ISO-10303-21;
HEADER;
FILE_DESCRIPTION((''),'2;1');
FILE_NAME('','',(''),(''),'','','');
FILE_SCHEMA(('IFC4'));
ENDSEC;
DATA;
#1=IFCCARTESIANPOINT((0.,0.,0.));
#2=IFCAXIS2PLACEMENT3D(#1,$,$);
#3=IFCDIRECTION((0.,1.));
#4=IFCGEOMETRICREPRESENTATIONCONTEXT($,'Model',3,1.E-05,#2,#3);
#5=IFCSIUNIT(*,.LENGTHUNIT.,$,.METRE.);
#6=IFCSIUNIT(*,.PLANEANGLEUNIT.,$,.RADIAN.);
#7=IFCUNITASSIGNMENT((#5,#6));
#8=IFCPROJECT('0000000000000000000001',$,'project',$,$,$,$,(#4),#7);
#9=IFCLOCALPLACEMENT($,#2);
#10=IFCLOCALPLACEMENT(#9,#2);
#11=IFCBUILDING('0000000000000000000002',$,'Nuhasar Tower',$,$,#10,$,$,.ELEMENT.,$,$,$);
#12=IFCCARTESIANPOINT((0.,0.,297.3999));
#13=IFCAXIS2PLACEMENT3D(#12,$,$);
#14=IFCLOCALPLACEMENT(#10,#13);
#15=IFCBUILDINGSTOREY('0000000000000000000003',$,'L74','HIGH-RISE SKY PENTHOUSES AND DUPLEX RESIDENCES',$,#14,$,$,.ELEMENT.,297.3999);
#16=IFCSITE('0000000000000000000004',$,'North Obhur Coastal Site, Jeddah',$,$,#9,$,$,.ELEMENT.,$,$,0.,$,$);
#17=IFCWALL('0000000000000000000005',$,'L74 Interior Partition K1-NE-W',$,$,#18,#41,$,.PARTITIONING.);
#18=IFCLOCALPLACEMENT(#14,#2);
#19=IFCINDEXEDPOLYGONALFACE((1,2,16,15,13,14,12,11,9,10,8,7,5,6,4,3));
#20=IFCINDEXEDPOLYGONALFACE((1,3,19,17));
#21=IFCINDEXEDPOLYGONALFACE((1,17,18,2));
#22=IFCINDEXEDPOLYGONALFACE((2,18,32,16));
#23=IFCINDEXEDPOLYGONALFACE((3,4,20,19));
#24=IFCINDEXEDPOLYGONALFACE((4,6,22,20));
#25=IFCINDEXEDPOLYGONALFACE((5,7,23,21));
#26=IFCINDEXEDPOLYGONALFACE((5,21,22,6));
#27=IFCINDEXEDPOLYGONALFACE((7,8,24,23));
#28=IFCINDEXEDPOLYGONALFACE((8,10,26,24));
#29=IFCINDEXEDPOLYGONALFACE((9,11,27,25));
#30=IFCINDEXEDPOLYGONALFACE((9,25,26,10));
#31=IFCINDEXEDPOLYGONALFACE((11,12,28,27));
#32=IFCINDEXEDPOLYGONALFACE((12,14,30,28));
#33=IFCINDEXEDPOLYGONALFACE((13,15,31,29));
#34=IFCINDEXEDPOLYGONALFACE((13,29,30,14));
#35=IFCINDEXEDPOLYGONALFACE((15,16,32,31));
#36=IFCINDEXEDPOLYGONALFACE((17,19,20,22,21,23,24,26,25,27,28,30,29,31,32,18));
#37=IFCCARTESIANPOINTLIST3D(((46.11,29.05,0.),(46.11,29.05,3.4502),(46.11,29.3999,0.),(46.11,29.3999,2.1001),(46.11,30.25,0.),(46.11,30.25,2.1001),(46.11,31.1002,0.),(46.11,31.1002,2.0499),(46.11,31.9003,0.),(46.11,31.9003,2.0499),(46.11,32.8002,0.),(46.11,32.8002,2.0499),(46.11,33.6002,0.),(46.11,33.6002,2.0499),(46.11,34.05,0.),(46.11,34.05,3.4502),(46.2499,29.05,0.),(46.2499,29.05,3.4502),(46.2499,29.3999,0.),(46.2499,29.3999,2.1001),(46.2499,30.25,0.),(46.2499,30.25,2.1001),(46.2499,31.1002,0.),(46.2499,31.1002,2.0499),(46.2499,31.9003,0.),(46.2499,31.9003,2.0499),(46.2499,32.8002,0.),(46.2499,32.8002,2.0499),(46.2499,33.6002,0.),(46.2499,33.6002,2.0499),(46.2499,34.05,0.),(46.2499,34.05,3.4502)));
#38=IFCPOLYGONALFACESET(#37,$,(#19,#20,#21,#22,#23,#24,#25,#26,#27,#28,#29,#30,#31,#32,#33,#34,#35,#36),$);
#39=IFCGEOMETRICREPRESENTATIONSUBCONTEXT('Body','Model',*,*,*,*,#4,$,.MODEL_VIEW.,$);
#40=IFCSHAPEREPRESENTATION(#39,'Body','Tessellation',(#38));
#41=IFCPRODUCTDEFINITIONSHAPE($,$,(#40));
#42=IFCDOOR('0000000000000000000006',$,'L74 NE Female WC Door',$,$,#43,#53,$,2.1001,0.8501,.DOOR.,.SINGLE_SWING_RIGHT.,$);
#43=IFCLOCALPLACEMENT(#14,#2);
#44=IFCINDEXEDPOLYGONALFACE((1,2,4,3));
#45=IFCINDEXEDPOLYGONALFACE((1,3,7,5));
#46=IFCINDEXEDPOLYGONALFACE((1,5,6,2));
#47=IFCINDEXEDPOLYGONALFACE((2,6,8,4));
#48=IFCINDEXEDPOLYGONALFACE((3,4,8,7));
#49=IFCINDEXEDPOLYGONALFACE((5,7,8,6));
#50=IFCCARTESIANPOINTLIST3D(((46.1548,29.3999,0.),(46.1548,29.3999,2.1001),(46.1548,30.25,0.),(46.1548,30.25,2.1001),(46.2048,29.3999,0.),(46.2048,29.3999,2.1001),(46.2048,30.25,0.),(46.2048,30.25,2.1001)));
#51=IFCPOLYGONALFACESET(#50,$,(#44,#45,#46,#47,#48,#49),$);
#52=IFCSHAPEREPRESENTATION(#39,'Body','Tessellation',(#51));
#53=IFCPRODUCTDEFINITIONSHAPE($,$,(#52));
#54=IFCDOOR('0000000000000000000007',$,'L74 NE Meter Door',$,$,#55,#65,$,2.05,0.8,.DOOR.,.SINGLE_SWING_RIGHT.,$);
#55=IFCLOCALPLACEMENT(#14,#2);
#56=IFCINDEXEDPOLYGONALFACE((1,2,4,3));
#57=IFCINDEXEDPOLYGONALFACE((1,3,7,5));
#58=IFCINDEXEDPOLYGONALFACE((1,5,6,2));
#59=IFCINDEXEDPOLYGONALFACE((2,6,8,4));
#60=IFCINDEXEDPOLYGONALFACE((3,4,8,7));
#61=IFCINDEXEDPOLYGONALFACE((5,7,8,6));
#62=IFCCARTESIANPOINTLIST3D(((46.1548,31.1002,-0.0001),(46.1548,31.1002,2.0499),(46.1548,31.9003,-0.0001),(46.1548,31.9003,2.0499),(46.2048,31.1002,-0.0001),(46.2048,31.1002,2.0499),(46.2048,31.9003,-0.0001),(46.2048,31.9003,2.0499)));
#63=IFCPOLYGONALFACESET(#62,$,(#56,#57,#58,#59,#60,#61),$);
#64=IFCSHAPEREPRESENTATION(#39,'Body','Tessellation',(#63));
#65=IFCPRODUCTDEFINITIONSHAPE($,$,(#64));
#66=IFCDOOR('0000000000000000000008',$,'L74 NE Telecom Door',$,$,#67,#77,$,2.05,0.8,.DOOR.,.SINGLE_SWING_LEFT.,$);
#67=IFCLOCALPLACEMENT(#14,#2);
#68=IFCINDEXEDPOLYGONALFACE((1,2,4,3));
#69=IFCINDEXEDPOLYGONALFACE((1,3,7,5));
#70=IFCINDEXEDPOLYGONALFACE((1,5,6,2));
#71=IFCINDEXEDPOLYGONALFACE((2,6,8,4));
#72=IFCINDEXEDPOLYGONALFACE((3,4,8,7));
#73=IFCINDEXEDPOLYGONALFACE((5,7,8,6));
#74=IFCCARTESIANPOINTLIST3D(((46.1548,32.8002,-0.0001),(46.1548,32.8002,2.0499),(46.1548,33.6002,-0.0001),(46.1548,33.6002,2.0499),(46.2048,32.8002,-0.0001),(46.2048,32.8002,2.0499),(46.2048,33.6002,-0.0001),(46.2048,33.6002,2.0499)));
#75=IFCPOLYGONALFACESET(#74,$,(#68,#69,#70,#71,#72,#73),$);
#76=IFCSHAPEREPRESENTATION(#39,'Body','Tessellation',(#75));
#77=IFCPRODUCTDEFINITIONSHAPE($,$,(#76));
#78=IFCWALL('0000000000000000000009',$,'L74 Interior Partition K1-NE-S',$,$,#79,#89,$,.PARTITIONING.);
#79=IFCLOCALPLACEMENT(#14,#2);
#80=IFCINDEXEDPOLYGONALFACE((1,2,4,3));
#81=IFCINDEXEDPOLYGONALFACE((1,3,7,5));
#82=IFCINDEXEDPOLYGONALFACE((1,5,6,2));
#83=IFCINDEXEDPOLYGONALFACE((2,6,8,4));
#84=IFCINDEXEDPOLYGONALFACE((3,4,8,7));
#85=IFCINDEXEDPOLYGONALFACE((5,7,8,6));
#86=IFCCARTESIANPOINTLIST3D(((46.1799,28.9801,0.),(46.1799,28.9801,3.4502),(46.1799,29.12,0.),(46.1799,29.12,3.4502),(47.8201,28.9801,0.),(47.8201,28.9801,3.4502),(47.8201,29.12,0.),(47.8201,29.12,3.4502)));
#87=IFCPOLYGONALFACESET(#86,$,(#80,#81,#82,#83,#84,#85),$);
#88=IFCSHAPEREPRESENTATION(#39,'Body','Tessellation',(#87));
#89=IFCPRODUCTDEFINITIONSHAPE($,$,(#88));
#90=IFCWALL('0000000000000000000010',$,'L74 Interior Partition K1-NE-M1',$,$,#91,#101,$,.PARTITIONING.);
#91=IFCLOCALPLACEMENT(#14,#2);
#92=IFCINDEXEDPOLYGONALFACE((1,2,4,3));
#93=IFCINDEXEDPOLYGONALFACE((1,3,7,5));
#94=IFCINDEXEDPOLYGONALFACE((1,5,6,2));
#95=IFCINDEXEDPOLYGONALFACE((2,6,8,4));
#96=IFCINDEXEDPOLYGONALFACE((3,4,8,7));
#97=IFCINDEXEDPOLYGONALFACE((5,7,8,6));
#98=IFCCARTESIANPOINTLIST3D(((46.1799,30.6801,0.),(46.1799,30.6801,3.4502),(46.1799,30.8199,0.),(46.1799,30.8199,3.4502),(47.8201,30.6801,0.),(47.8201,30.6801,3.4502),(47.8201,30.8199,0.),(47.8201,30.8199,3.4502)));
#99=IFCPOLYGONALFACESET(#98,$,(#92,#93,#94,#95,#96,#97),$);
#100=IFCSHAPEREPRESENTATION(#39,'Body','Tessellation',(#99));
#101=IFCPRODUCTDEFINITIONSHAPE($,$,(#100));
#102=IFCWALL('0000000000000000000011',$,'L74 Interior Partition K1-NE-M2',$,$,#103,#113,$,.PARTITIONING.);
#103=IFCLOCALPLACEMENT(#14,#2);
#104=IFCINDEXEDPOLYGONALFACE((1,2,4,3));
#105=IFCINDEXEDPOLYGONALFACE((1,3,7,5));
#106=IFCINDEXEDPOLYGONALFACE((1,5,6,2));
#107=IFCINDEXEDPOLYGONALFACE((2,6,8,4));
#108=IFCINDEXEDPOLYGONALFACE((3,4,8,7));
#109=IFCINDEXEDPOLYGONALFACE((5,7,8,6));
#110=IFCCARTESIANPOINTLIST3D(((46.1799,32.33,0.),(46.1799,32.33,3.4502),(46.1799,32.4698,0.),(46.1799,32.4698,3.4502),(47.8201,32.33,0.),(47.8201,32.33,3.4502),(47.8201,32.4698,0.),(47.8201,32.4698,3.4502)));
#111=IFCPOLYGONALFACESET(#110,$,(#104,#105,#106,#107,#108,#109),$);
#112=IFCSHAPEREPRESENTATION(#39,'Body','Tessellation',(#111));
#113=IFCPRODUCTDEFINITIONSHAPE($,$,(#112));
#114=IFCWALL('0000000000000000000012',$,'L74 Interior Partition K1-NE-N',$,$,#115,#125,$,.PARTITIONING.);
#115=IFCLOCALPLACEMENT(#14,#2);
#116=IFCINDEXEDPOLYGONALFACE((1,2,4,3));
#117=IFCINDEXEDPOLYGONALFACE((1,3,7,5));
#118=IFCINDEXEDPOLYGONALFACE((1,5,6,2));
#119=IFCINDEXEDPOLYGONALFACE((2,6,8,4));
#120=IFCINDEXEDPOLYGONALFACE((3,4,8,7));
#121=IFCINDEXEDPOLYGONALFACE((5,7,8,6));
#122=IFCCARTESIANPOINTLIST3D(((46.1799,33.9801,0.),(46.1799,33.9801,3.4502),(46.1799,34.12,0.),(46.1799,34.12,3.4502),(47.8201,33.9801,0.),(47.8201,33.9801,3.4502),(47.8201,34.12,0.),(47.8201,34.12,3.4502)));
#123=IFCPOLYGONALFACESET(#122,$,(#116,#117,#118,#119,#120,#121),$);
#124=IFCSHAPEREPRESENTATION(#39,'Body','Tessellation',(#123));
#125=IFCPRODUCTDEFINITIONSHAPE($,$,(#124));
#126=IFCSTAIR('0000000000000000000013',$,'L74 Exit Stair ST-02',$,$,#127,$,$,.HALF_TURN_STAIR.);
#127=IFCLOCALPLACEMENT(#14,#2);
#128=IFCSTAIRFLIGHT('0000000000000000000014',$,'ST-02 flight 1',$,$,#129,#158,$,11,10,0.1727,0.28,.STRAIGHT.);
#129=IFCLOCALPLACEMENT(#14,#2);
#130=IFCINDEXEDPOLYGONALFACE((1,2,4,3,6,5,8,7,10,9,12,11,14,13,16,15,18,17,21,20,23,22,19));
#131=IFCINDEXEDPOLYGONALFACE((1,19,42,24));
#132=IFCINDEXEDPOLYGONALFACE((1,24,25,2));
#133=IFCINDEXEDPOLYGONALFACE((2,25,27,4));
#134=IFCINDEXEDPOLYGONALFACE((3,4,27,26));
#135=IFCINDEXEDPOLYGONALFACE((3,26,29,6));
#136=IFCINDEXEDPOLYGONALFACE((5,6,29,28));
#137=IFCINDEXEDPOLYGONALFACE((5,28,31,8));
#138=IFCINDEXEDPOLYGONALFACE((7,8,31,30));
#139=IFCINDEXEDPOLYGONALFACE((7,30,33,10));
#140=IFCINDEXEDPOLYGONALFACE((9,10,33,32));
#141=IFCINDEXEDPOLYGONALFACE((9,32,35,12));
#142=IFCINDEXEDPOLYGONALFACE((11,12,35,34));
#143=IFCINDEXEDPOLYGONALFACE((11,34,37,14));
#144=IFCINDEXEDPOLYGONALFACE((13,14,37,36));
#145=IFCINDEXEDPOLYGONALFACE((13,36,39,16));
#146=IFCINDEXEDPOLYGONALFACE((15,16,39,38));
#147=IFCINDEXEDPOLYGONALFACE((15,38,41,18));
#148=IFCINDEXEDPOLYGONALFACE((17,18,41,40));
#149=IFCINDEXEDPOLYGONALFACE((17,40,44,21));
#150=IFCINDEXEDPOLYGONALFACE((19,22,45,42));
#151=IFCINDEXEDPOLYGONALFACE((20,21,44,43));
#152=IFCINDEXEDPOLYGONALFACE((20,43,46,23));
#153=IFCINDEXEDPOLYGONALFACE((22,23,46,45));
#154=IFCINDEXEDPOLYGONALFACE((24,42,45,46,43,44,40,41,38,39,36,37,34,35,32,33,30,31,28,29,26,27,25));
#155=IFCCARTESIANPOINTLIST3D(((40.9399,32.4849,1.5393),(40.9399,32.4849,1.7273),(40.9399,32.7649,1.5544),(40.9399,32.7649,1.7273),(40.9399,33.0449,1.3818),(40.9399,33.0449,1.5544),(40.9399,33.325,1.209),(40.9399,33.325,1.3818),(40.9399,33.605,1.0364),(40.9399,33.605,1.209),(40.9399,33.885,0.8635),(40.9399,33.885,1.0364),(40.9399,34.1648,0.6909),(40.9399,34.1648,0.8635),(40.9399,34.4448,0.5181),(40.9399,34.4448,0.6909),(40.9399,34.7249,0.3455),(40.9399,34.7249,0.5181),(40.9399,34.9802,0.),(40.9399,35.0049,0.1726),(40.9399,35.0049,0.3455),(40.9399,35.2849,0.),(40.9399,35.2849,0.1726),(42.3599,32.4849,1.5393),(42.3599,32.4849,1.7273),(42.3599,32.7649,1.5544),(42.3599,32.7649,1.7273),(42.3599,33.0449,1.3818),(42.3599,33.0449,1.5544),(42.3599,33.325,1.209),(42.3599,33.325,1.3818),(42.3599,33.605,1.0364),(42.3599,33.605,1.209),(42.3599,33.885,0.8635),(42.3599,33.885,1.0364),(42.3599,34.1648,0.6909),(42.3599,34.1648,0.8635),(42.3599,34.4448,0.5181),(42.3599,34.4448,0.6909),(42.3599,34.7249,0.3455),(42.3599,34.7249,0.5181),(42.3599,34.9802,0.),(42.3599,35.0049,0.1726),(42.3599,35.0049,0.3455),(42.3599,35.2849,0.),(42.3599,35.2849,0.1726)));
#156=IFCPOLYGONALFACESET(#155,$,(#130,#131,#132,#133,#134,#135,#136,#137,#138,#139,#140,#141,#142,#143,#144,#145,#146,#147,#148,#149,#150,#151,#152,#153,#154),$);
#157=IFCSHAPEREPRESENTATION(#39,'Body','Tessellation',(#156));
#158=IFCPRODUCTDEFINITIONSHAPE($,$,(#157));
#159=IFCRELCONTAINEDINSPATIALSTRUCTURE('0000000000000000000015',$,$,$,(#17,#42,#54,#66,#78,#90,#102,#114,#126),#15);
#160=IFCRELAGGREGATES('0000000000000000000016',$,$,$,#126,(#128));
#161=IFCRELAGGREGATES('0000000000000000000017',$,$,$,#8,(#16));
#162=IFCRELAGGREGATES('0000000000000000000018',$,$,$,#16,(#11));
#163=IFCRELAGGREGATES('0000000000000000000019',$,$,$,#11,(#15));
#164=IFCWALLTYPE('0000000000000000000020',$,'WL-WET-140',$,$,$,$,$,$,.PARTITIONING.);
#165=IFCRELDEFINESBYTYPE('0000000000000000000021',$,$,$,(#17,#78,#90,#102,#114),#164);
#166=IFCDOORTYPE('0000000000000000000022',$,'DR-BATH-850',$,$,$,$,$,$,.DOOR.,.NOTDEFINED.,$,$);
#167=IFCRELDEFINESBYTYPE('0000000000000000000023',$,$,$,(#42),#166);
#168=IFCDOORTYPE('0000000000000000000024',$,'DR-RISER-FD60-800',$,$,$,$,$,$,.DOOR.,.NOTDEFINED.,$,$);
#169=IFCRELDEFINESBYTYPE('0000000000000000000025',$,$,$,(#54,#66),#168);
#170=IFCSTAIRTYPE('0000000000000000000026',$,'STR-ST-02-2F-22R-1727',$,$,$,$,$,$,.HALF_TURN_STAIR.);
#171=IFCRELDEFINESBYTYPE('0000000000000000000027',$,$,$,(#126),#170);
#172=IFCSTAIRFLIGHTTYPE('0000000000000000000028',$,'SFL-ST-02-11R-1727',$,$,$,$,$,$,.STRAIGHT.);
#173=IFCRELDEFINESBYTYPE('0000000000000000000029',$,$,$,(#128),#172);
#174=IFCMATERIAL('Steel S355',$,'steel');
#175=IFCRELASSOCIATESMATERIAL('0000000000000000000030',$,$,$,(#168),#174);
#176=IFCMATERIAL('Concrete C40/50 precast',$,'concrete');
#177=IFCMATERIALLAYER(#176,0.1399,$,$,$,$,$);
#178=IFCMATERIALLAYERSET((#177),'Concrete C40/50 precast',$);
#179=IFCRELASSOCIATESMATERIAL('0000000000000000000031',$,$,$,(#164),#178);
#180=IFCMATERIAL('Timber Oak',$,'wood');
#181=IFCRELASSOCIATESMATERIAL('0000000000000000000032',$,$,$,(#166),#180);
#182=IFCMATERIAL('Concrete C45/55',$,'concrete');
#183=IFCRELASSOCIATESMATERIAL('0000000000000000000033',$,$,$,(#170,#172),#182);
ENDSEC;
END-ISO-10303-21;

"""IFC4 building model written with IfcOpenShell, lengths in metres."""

from ifc_helpers import new_model, si_unit, direction, frame, frame_2d, origin, place, context, subcontext, project, spatial, polyline, rectangle, outline, extrude, material, layer, layer_set, type_object, element, fill, aggregate, save


model = new_model("IFC4")

# Units and contexts
model_context = context("Model", 3, precision=1e-05, world=origin(), true_north=direction((0.0, 1.0)))
body_context = subcontext(model_context, "Body", "Model", "MODEL_VIEW")
ifc_project = project(units=[si_unit("LENGTHUNIT", "METRE"), si_unit("PLANEANGLEUNIT", "RADIAN")], contexts=[model_context])

# Site, building, storey
site_placement = place(None, origin())
site = spatial("IfcSite", under=ifc_project, at=site_placement, Name="North Obhur Coastal Site, Jeddah", CompositionType="ELEMENT", RefElevation=0.0)
building_placement = place(site_placement, origin())
building = spatial("IfcBuilding", under=site, at=building_placement, Name="Nuhasar Tower", CompositionType="ELEMENT")
storey_placement = place(building_placement, frame((0.0, 0.0, 297.3999)))
storey = spatial("IfcBuildingStorey", under=building, at=storey_placement, Name="L74", Description="HIGH-RISE SKY PENTHOUSES AND DUPLEX RESIDENCES", CompositionType="ELEMENT", Elevation=297.3999)

# Shared definitions
ifc_material_1 = material(Name="Steel S355", Category="steel")

# Shared definitions
ifc_material_2 = material(Name="Concrete C45/55", Category="concrete")

# Shared definitions
door_type_1 = type_object("IfcDoorType", Name="DR-RISER-FD60-800", OperationType="NOTDEFINED", PredefinedType="DOOR", material=ifc_material_1)

# Shared definitions
ifc_material_3 = material(Name="Concrete C40/50 precast", Category="concrete")
ifc_layer_1 = layer(ifc_material_3, 0.1399)
ifc_layer_set_1 = layer_set([ifc_layer_1], Name="Concrete C40/50 precast")
wall_type_1 = type_object("IfcWallType", Name="WL-WET-140", PredefinedType="PARTITIONING", material=ifc_layer_set_1)

# Wall, openings, doors
wall_1_placement = place(storey_placement, frame((46.1799, 34.05, 0.0), z_axis=(0.0, 0.0, 1.0), x_axis=(0.0, -1.0, 0.0)))
wall_1 = element("IfcWall", 1, at=wall_1_placement, inside=storey, type_object=wall_type_1, Name="L74 Interior Partition K1-NE-W", PredefinedType="PARTITIONING", context=body_context, shape_type="SweptSolid", body=[
    extrude(rectangle(XDim=5.0, YDim=0.1399, at=frame_2d((2.5, 0.0))), origin(), (0.0, 0.0, 1.0), 3.4502),
])
opening_1_placement = place(wall_1_placement, frame((3.8, 0.0, 0.0)))
opening_1 = element("IfcOpeningElement", 2, at=opening_1_placement, cuts=wall_1, PredefinedType="OPENING", context=body_context, shape_type="SweptSolid", body=[
    extrude(rectangle(XDim=0.8501, YDim=2.1001, at=frame_2d((0.425, 1.05))), frame((0.0, 0.0801, 0.0), z_axis=(0.0, -1.0, 0.0), x_axis=(1.0, 0.0, 0.0)), (0.0, 0.0, 1.0), 0.1599),
])
opening_2_placement = place(wall_1_placement, frame((2.1499, 0.0, 0.0)))
opening_2 = element("IfcOpeningElement", 3, at=opening_2_placement, cuts=wall_1, PredefinedType="OPENING", context=body_context, shape_type="SweptSolid", body=[
    extrude(rectangle(XDim=0.8, YDim=2.05, at=frame_2d((0.3999, 1.0249))), frame((0.0, 0.0801, 0.0), z_axis=(0.0, -1.0, 0.0), x_axis=(1.0, 0.0, 0.0)), (0.0, 0.0, 1.0), 0.1599),
])
opening_3_placement = place(wall_1_placement, frame((0.45, 0.0, 0.0)))
opening_3 = element("IfcOpeningElement", 4, at=opening_3_placement, cuts=wall_1, PredefinedType="OPENING", context=body_context, shape_type="SweptSolid", body=[
    extrude(rectangle(XDim=0.8, YDim=2.05, at=frame_2d((0.3999, 1.0249))), frame((0.0, 0.0801, 0.0), z_axis=(0.0, -1.0, 0.0), x_axis=(1.0, 0.0, 0.0)), (0.0, 0.0, 1.0), 0.1599),
])
ifc_material_4 = material(Name="Timber Oak", Category="wood")
door_type_2 = type_object("IfcDoorType", Name="DR-BATH-850", OperationType="NOTDEFINED", PredefinedType="DOOR", material=ifc_material_4)
door_1_placement = place(opening_1_placement, origin())
door_1 = element("IfcDoor", 5, at=door_1_placement, inside=storey, type_object=door_type_2, Name="L74 NE Female WC Door", OperationType="SINGLE_SWING_RIGHT", OverallHeight=2.1001, OverallWidth=0.8501, PredefinedType="DOOR", context=body_context, shape_type="SweptSolid", body=[
    extrude(rectangle(XDim=0.8501, YDim=2.1001, at=frame_2d((0.425, 1.05))), frame((0.0, 0.0249, 0.0), z_axis=(0.0, -1.0, 0.0), x_axis=(1.0, 0.0, 0.0)), (0.0, 0.0, 1.0), 0.05),
])
fill(opening_1, door_1)
door_2_placement = place(opening_2_placement, origin())
door_2 = element("IfcDoor", 6, at=door_2_placement, inside=storey, type_object=door_type_1, Name="L74 NE Meter Door", OperationType="SINGLE_SWING_RIGHT", OverallHeight=2.05, OverallWidth=0.8, PredefinedType="DOOR", context=body_context, shape_type="SweptSolid", body=[
    extrude(rectangle(XDim=0.8, YDim=2.05, at=frame_2d((0.3999, 1.0249))), frame((0.0, 0.0249, 0.0), z_axis=(0.0, -1.0, 0.0), x_axis=(1.0, 0.0, 0.0)), (0.0, 0.0, 1.0), 0.05),
])
fill(opening_2, door_2)
door_3_placement = place(opening_3_placement, origin())
door_3 = element("IfcDoor", 7, at=door_3_placement, inside=storey, type_object=door_type_1, Name="L74 NE Telecom Door", OperationType="SINGLE_SWING_LEFT", OverallHeight=2.05, OverallWidth=0.8, PredefinedType="DOOR", context=body_context, shape_type="SweptSolid", body=[
    extrude(rectangle(XDim=0.8, YDim=2.05, at=frame_2d((0.3999, 1.0249))), frame((0.0, 0.0249, 0.0), z_axis=(0.0, -1.0, 0.0), x_axis=(1.0, 0.0, 0.0)), (0.0, 0.0, 1.0), 0.05),
])
fill(opening_3, door_3)

# Walls
for number, where, z_axis, x_axis, name in (
    (8, (46.1799, 29.05, 0.0), (0.0, 0.0, 1.0), (1.0, 0.0, 0.0), "L74 Interior Partition K1-NE-S"),
    (9, (46.1799, 30.75, 0.0), (0.0, 0.0, 1.0), (1.0, 0.0, 0.0), "L74 Interior Partition K1-NE-M1"),
    (10, (46.1799, 32.3999, 0.0), (0.0, 0.0, 1.0), (1.0, 0.0, 0.0), "L74 Interior Partition K1-NE-M2"),
    (11, (46.1799, 34.05, 0.0), (0.0, 0.0, 1.0), (1.0, 0.0, 0.0), "L74 Interior Partition K1-NE-N"),
):
    element("IfcWall", number, at=place(storey_placement, frame(where, z_axis=z_axis, x_axis=x_axis)), inside=storey, type_object=wall_type_1, Name=name, PredefinedType="PARTITIONING", context=body_context, shape_type="SweptSolid", body=[
        extrude(rectangle(XDim=1.6401, YDim=0.1399, at=frame_2d((0.8201, 0.0))), origin(), (0.0, 0.0, 1.0), 3.4502),
    ])

# Stair, stair flight
stair_type_1 = type_object("IfcStairType", Name="STR-ST-02-2F-22R-1727", PredefinedType="HALF_TURN_STAIR", material=ifc_material_2)
stair_1_placement = place(storey_placement, origin())
stair_1 = element("IfcStair", 12, at=stair_1_placement, inside=storey, type_object=stair_type_1, Name="L74 Exit Stair ST-02", PredefinedType="HALF_TURN_STAIR")
stair_flight_type_1 = type_object("IfcStairFlightType", Name="SFL-ST-02-11R-1727", PredefinedType="STRAIGHT", material=ifc_material_2)
stair_flight_1_placement = place(storey_placement, frame((41.6499, 35.2849, 0.0), z_axis=(0.0, 0.0, 1.0), x_axis=(0.0, -1.0, 0.0)))
stair_flight_1 = element("IfcStairFlight", 13, at=stair_flight_1_placement, type_object=stair_flight_type_1, Name="ST-02 flight 1", NumberOfRisers=11, NumberOfTreads=10, PredefinedType="STRAIGHT", RiserHeight=0.1727, TreadLength=0.28, context=body_context, shape_type="SweptSolid", body=[
    extrude(outline(polyline([(0.0, 0.0), (0.0, 0.1726), (0.28, 0.1726), (0.28, 0.3455), (0.5601, 0.3455), (0.5601, 0.5181), (0.8401, 0.5181), (0.8401, 0.6909), (1.1201, 0.6909), (1.1201, 0.8635), (1.3999, 0.8635), (1.3999, 1.0364), (1.6799, 1.0364), (1.6799, 1.209), (1.96, 1.209), (1.96, 1.3818), (2.24, 1.3818), (2.24, 1.5544), (2.52, 1.5544), (2.52, 1.7273), (2.8, 1.7273), (2.8, 1.8999), (2.8, 1.5393), (0.3047, 0.0), (0.0, 0.0)])), frame((0.0, 0.71, 0.0), z_axis=(0.0, -1.0, 0.0), x_axis=(1.0, 0.0, 0.0)), (0.0, 0.0, 1.0), 1.4199),
])
aggregate(stair_1, [stair_flight_1])

save(model, "model.ifc")
